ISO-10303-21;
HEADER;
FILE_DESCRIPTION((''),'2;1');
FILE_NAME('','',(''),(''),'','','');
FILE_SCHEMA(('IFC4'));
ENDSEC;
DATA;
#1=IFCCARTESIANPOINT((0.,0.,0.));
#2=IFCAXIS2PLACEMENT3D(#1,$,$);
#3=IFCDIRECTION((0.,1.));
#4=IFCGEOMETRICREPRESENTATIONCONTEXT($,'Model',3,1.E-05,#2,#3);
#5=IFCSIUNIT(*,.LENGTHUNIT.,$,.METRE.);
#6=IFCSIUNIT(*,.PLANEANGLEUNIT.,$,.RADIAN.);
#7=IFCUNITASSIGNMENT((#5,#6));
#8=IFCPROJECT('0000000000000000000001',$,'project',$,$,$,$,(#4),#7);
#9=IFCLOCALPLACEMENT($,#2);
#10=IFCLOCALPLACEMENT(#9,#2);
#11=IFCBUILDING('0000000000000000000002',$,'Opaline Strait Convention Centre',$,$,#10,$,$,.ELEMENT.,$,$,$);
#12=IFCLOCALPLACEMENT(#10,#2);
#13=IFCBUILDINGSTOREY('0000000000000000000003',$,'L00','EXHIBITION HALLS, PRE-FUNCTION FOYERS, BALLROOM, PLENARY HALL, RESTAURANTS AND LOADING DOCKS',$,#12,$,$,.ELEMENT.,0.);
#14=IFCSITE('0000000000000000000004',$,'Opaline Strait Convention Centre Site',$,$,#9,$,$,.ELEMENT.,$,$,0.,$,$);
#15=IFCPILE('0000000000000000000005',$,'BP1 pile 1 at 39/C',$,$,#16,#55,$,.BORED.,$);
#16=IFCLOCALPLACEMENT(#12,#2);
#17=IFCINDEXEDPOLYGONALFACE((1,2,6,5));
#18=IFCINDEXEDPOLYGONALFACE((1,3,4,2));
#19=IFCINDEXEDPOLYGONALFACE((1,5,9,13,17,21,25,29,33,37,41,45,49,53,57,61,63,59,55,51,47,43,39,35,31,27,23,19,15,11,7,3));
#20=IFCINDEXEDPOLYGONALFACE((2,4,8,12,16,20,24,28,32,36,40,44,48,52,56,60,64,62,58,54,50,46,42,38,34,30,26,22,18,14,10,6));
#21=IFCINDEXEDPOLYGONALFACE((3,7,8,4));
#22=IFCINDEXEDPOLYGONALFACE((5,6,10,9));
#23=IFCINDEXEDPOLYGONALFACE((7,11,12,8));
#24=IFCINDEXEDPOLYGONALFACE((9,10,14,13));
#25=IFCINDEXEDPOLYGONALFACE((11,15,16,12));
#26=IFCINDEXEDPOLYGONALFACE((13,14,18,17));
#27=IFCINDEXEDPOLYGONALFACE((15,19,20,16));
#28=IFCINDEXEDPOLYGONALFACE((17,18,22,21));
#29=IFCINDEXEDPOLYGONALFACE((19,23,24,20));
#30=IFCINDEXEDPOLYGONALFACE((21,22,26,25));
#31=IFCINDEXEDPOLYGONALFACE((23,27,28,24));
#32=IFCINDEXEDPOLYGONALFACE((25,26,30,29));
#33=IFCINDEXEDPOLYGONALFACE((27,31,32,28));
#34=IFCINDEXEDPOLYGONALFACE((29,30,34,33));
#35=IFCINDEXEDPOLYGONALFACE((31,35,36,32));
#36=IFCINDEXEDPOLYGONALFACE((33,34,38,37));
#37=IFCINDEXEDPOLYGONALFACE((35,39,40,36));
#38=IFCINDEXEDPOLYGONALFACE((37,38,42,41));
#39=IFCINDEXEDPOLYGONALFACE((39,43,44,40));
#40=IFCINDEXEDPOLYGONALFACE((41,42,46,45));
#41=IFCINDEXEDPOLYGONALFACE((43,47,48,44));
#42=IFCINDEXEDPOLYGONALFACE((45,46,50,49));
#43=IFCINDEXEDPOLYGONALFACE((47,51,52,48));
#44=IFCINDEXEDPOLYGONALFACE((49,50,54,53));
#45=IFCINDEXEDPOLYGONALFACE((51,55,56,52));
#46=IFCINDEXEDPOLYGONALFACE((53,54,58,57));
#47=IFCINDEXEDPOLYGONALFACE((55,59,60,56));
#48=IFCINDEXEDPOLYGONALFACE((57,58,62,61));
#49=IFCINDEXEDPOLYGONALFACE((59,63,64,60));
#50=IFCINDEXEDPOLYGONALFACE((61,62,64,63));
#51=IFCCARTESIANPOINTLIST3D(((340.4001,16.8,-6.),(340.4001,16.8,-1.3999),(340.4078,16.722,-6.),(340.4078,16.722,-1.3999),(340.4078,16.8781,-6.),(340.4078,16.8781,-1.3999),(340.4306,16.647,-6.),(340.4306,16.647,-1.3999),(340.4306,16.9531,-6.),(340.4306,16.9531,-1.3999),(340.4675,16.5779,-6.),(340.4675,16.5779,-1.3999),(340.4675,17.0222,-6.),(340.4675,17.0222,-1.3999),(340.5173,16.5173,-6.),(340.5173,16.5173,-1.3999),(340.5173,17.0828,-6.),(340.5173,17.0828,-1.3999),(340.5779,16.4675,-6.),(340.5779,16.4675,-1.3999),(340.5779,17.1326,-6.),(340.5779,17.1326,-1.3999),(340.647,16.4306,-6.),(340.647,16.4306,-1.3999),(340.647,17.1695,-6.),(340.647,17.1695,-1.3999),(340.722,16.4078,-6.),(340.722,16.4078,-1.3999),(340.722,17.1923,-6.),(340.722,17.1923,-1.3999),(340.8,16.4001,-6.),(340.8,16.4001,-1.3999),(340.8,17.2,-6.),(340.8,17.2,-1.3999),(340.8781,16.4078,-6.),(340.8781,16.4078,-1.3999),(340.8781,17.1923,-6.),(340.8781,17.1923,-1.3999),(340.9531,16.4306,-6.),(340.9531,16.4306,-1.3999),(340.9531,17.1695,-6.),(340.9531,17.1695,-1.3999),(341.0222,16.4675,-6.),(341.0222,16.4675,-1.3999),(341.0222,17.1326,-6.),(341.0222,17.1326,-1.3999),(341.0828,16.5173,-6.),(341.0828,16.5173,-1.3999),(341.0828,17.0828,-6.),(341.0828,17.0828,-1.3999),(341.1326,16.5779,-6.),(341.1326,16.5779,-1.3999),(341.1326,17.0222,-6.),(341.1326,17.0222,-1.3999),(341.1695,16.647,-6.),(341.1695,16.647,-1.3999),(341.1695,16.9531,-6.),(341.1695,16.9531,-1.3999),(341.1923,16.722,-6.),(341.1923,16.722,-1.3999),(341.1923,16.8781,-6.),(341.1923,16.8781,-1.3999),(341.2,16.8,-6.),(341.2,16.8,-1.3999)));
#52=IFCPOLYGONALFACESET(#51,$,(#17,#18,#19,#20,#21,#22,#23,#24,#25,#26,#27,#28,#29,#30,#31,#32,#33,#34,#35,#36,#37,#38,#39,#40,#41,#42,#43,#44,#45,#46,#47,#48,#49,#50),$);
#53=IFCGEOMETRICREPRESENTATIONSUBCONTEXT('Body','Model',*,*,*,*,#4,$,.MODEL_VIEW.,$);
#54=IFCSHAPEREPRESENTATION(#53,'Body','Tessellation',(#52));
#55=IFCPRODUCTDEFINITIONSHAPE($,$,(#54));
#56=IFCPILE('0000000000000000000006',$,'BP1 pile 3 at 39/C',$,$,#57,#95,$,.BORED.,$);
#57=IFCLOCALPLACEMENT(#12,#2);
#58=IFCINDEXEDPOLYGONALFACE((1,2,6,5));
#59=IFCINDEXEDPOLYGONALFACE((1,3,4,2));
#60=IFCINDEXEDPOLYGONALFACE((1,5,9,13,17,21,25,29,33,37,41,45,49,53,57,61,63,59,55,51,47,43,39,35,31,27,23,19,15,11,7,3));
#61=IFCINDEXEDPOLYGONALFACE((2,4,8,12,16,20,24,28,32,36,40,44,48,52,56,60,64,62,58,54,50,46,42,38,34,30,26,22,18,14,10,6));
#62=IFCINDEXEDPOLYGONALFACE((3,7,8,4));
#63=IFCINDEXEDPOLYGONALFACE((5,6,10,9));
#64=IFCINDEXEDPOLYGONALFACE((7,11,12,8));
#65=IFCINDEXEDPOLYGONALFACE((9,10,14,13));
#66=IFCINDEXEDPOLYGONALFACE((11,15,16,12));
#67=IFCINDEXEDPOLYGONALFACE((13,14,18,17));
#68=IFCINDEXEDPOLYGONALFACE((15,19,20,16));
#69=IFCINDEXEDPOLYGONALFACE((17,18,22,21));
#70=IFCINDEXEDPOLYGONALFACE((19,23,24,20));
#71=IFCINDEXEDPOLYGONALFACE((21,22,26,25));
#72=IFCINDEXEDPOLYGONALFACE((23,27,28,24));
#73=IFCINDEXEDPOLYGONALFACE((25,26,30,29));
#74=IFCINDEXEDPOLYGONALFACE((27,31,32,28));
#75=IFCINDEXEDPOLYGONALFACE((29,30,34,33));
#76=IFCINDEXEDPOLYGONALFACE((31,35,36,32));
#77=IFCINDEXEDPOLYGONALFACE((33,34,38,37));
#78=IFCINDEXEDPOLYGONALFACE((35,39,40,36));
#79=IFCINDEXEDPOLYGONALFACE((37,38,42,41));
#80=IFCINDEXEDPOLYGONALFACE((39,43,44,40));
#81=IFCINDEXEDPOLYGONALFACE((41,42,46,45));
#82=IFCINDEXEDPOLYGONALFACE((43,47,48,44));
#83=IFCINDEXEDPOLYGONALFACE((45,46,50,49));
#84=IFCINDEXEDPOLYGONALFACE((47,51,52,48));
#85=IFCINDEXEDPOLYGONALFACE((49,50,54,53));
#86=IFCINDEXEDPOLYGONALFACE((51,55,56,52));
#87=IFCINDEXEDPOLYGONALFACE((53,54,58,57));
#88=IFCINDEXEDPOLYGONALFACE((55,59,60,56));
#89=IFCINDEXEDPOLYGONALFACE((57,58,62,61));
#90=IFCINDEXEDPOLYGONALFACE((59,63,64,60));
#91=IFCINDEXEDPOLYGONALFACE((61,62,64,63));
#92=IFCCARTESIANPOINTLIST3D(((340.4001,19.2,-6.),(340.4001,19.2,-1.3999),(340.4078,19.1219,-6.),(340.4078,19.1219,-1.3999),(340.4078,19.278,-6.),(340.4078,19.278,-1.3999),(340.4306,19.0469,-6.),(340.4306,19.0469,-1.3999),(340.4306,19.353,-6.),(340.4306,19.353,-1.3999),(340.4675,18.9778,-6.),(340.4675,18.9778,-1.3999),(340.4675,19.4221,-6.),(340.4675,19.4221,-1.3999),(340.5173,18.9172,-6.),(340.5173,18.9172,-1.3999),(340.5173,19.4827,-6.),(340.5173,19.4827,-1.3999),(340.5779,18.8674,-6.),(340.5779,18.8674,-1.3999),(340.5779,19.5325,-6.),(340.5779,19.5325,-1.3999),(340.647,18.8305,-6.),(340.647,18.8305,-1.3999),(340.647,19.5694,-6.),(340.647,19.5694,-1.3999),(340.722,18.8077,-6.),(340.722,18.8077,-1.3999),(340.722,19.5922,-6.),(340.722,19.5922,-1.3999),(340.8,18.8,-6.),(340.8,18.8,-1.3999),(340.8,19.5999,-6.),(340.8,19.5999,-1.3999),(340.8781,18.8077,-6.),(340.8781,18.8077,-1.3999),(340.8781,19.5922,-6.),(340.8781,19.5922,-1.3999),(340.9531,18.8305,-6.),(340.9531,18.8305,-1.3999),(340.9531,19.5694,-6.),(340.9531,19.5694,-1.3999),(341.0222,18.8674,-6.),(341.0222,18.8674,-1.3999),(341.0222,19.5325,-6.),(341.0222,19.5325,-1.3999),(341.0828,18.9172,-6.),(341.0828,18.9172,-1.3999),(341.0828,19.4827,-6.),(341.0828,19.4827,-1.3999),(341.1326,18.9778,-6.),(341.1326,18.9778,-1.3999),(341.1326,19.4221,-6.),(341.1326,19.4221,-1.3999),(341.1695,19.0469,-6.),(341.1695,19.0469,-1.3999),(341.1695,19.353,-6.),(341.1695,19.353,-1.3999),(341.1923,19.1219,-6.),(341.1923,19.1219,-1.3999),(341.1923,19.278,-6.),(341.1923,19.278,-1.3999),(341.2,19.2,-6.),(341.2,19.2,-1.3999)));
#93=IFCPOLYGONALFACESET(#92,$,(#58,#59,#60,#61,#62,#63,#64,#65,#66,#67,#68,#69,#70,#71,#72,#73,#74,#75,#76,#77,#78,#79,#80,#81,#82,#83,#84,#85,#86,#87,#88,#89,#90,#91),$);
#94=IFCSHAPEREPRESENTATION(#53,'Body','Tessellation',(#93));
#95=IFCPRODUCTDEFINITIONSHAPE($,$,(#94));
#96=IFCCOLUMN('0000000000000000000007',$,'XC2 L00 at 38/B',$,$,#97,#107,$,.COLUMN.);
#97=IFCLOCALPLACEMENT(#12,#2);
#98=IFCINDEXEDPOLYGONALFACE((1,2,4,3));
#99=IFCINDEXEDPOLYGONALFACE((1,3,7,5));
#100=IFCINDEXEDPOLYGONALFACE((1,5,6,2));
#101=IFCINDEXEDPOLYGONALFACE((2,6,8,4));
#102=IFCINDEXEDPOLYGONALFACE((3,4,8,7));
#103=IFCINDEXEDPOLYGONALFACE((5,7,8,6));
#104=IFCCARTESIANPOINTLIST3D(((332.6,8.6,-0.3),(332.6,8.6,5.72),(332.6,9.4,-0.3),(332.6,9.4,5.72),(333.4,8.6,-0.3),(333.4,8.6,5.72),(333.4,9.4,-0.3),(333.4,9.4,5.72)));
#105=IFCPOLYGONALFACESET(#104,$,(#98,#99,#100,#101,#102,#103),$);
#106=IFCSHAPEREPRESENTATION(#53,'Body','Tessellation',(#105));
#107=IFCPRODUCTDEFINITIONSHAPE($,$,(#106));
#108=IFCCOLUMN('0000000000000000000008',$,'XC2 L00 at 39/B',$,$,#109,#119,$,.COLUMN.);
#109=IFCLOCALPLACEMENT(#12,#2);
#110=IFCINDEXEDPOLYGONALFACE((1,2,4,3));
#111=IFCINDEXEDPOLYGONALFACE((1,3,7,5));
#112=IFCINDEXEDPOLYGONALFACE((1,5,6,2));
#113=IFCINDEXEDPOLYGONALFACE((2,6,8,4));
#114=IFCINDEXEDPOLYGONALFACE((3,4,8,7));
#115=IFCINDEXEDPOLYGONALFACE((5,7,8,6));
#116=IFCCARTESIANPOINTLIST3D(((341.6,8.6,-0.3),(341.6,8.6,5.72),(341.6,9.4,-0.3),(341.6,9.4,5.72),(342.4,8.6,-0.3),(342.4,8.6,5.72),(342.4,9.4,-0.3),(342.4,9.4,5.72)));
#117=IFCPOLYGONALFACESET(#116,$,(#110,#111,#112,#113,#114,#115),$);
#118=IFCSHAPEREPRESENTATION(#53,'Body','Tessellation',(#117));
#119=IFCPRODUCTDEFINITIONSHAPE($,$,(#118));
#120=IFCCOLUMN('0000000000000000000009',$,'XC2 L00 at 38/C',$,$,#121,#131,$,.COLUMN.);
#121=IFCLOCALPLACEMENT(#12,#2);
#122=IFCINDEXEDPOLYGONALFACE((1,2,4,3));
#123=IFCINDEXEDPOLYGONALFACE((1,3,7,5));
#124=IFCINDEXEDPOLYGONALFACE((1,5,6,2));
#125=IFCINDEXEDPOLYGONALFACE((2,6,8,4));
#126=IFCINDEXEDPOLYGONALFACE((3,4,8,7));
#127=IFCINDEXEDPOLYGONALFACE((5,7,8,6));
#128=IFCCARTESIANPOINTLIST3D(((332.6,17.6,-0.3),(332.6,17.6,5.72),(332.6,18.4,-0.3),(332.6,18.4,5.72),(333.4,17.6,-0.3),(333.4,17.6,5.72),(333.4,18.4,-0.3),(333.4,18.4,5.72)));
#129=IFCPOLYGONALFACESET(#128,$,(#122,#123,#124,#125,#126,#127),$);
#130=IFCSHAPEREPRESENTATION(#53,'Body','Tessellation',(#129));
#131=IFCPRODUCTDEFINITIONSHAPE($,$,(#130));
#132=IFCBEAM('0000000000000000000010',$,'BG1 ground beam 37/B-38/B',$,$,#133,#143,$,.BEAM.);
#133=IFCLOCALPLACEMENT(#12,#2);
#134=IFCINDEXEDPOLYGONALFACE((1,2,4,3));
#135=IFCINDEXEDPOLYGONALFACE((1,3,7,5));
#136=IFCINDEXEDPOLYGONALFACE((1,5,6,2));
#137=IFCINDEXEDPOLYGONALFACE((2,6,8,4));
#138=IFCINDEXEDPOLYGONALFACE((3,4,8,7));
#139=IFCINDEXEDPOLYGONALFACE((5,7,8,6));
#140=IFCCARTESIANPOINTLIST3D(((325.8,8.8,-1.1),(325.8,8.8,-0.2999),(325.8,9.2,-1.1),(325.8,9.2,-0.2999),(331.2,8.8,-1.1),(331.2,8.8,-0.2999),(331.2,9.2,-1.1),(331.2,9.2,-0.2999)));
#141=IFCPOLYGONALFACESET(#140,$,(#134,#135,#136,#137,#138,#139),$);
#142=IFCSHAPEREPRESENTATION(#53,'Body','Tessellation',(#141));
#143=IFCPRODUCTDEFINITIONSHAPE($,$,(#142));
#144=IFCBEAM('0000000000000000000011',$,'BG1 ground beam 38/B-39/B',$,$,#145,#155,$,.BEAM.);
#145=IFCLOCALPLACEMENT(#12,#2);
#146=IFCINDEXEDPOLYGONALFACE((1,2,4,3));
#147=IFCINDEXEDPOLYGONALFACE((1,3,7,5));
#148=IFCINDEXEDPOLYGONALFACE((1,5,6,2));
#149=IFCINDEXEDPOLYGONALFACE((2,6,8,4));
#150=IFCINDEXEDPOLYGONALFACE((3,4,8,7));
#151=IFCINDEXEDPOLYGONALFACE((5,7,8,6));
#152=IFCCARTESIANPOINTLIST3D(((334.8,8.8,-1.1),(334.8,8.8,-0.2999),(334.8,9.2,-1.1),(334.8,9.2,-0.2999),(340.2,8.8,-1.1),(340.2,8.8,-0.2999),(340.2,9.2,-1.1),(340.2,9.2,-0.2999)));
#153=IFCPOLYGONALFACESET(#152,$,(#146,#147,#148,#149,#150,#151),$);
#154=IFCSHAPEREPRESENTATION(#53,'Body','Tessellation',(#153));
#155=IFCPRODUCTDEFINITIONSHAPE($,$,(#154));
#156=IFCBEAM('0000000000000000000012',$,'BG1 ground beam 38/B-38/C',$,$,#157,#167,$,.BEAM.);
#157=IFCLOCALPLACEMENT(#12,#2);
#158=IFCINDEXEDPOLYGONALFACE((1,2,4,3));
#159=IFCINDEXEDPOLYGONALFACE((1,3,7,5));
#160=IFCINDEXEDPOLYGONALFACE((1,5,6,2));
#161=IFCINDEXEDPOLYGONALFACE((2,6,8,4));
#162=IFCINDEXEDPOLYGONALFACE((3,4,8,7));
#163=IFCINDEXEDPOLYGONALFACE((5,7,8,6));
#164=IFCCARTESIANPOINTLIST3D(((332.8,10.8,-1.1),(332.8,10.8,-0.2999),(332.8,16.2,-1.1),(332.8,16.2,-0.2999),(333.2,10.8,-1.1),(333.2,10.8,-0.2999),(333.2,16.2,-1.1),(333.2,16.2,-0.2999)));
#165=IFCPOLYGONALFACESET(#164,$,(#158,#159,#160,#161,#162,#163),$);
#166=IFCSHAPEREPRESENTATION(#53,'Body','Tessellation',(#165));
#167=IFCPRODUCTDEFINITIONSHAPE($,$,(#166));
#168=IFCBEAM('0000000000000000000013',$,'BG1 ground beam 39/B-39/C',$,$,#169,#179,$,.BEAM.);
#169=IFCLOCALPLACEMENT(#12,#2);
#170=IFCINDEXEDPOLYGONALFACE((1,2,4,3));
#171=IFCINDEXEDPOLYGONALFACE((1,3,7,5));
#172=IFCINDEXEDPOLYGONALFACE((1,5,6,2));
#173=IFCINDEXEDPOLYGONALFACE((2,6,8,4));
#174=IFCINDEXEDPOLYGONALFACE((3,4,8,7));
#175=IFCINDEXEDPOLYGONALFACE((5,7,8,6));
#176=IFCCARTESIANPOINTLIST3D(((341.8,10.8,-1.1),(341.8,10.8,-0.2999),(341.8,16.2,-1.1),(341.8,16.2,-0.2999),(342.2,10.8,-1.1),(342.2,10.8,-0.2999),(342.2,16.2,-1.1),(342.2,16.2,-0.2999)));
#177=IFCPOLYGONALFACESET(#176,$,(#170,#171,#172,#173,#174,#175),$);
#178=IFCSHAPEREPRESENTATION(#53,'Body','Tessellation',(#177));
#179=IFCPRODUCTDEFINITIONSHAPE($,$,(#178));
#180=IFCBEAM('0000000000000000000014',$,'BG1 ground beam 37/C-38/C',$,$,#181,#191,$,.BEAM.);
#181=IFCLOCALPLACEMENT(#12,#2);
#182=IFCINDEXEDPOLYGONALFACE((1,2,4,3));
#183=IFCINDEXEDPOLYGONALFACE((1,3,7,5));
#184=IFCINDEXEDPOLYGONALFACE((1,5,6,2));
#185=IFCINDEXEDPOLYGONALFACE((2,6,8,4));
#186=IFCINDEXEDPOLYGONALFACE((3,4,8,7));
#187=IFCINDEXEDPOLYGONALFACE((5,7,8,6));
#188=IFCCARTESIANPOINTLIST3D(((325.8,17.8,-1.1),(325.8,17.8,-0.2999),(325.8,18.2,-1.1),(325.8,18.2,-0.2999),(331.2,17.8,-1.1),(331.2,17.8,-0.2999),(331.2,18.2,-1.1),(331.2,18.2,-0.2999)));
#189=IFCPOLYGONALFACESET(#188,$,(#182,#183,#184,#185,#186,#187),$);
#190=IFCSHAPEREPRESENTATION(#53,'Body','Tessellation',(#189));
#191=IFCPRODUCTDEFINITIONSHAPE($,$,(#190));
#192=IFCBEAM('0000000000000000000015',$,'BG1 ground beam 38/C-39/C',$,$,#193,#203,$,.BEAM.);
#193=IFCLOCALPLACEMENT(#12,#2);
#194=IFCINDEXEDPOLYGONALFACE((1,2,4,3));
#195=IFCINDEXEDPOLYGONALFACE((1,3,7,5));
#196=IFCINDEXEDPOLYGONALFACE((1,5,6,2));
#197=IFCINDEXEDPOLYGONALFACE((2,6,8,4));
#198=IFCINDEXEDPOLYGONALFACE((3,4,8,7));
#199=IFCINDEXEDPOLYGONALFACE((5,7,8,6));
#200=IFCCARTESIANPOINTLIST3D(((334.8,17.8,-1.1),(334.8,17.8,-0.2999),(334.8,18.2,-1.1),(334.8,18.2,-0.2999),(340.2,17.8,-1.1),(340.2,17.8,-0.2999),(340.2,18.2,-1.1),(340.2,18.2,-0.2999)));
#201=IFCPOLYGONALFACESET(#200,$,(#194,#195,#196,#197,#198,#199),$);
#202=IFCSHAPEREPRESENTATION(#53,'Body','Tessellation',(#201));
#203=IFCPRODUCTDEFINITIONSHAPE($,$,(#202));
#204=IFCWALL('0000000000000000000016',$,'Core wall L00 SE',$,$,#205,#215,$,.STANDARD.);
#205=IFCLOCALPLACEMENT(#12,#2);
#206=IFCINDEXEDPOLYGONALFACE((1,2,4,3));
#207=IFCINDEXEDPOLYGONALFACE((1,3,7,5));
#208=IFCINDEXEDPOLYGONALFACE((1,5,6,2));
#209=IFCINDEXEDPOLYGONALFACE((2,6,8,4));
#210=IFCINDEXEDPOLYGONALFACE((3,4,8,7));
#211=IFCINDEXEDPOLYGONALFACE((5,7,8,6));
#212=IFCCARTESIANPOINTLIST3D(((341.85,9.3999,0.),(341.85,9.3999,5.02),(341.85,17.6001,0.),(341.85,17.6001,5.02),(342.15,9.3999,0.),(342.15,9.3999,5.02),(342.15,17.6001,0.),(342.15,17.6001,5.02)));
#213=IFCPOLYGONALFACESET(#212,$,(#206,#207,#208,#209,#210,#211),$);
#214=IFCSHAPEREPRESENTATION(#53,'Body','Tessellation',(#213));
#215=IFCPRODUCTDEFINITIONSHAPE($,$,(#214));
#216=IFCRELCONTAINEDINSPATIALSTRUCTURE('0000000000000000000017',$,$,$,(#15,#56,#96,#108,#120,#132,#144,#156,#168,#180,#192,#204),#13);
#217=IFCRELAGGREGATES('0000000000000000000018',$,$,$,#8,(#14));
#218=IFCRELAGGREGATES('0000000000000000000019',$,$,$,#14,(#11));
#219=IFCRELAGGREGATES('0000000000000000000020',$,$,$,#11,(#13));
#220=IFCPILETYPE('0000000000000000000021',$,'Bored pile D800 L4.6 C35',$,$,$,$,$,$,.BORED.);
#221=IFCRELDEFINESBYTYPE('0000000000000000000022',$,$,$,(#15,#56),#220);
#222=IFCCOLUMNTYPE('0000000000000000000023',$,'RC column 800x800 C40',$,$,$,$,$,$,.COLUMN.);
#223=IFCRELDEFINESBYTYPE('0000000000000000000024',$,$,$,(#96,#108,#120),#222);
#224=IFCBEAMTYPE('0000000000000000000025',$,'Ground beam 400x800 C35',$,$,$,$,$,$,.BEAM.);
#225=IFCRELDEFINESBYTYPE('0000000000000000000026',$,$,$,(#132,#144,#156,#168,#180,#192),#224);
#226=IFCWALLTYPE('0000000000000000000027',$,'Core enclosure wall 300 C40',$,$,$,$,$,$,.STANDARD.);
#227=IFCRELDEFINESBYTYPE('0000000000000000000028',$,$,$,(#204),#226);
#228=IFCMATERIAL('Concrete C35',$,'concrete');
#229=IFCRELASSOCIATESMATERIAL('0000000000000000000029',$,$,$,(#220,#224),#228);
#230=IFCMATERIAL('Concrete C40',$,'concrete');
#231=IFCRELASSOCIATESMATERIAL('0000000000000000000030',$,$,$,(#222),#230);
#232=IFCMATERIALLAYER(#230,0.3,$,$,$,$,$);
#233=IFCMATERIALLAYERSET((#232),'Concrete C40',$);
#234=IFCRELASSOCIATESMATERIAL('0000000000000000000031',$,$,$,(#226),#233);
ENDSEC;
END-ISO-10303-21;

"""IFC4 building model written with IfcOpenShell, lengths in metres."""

from ifc_helpers import new_model, si_unit, direction, frame, frame_2d, origin, origin_2d, place, context, subcontext, project, spatial, rectangle, circle, extrude, material, layer, layer_set, material_profile, profile_set, type_object, element, save


model = new_model("IFC4")

# Units and contexts
model_context = context("Model", 3, precision=1e-05, world=origin(), true_north=direction((0.0, 1.0)))
body_context = subcontext(model_context, "Body", "Model", "MODEL_VIEW")
ifc_project = project(units=[si_unit("LENGTHUNIT", "METRE"), si_unit("PLANEANGLEUNIT", "RADIAN")], contexts=[model_context])

# Site, building, storey
site_placement = place(None, origin())
site = spatial("IfcSite", under=ifc_project, at=site_placement, Name="Opaline Strait Convention Centre Site", CompositionType="ELEMENT", RefElevation=0.0)
building_placement = place(site_placement, origin())
building = spatial("IfcBuilding", under=site, at=building_placement, Name="Opaline Strait Convention Centre", CompositionType="ELEMENT")
storey_placement = place(building_placement, origin())
storey = spatial("IfcBuildingStorey", under=building, at=storey_placement, Name="L00", Description="EXHIBITION HALLS, PRE-FUNCTION FOYERS, BALLROOM, PLENARY HALL, RESTAURANTS AND LOADING DOCKS", CompositionType="ELEMENT", Elevation=0.0)

# Piles
ifc_material_1 = material(Name="Concrete C35", Category="concrete")
ifc_material_profile_1 = material_profile(ifc_material_1, circle(Radius=0.3999, at=origin_2d()), Name="D800")
ifc_profile_set_1 = profile_set([ifc_material_profile_1], Name="Concrete C35")
pile_type = type_object("IfcPileType", Name="Bored pile D800 L4.6 C35", PredefinedType="BORED", material=ifc_profile_set_1)
for number, where, z_axis, x_axis, name in (
    (1, (340.8, 16.8, -1.3999), (0.0, 0.0, -1.0), (1.0, 0.0, 0.0), "BP1 pile 1 at 39/C"),
    (2, (340.8, 19.2, -1.3999), (0.0, 0.0, -1.0), (1.0, 0.0, 0.0), "BP1 pile 3 at 39/C"),
):
    element("IfcPile", number, at=place(storey_placement, frame(where, z_axis=z_axis, x_axis=x_axis)), inside=storey, type_object=pile_type, Name=name, PredefinedType="BORED", context=body_context, shape_type="SweptSolid", body=[
        extrude(circle(Radius=0.3999, at=origin_2d()), origin(), (0.0, 0.0, 1.0), 4.6001),
    ])

# Columns
ifc_material_2 = material(Name="Concrete C40", Category="concrete")
ifc_material_profile_2 = material_profile(ifc_material_2, rectangle(XDim=0.8, YDim=0.8, at=origin_2d()), Name="RC 800x800")
ifc_profile_set_2 = profile_set([ifc_material_profile_2], Name="Concrete C40")
column_type = type_object("IfcColumnType", Name="RC column 800x800 C40", PredefinedType="COLUMN", material=ifc_profile_set_2)
for number, where, z_axis, x_axis, name in (
    (3, (333.0, 9.0, -0.3), (0.0, 0.0, 1.0), (1.0, 0.0, 0.0), "XC2 L00 at 38/B"),
    (4, (342.0, 9.0, -0.3), (0.0, 0.0, 1.0), (1.0, 0.0, 0.0), "XC2 L00 at 39/B"),
    (5, (333.0, 18.0, -0.3), (0.0, 0.0, 1.0), (1.0, 0.0, 0.0), "XC2 L00 at 38/C"),
):
    element("IfcColumn", number, at=place(storey_placement, frame(where, z_axis=z_axis, x_axis=x_axis)), inside=storey, type_object=column_type, Name=name, PredefinedType="COLUMN", context=body_context, shape_type="SweptSolid", body=[
        extrude(rectangle(XDim=0.8, YDim=0.8, at=origin_2d()), origin(), (0.0, 0.0, 1.0), 6.02),
    ])

# Beams
ifc_material_profile_3 = material_profile(ifc_material_1, rectangle(XDim=0.3999, YDim=0.8, at=origin_2d()), Name="RC 400x800")
ifc_profile_set_3 = profile_set([ifc_material_profile_3], Name="Concrete C35")
beam_type = type_object("IfcBeamType", Name="Ground beam 400x800 C35", PredefinedType="BEAM", material=ifc_profile_set_3)
for number, where, z_axis, x_axis, name in (
    (6, (325.8, 9.0, -0.7), (1.0, 0.0, 0.0), (0.0, 1.0, 0.0), "BG1 ground beam 37/B-38/B"),
    (7, (334.8, 9.0, -0.7), (1.0, 0.0, 0.0), (0.0, 1.0, 0.0), "BG1 ground beam 38/B-39/B"),
    (8, (333.0, 10.8, -0.7), (0.0, 1.0, 0.0), (-1.0, 0.0, 0.0), "BG1 ground beam 38/B-38/C"),
    (9, (342.0, 10.8, -0.7), (0.0, 1.0, 0.0), (-1.0, 0.0, 0.0), "BG1 ground beam 39/B-39/C"),
    (10, (325.8, 18.0, -0.7), (1.0, 0.0, 0.0), (0.0, 1.0, 0.0), "BG1 ground beam 37/C-38/C"),
    (11, (334.8, 18.0, -0.7), (1.0, 0.0, 0.0), (0.0, 1.0, 0.0), "BG1 ground beam 38/C-39/C"),
):
    element("IfcBeam", number, at=place(storey_placement, frame(where, z_axis=z_axis, x_axis=x_axis)), inside=storey, type_object=beam_type, Name=name, PredefinedType="BEAM", context=body_context, shape_type="SweptSolid", body=[
        extrude(rectangle(XDim=0.3999, YDim=0.8, at=origin_2d()), origin(), (0.0, 0.0, 1.0), 5.3999),
    ])

# Wall
ifc_layer_1 = layer(ifc_material_2, 0.3)
ifc_layer_set_1 = layer_set([ifc_layer_1], Name="Concrete C40")
wall_type_1 = type_object("IfcWallType", Name="Core enclosure wall 300 C40", PredefinedType="STANDARD", material=ifc_layer_set_1)
wall_1_placement = place(storey_placement, frame((342.0, 9.3999, 0.0), z_axis=(0.0, 0.0, 1.0), x_axis=(0.0, 1.0, 0.0)))
element("IfcWall", 12, at=wall_1_placement, inside=storey, type_object=wall_type_1, Name="Core wall L00 SE", PredefinedType="STANDARD", context=body_context, shape_type="SweptSolid", body=[
    extrude(rectangle(XDim=8.2002, YDim=0.3, at=frame_2d((4.1001, 0.0))), origin(), (0.0, 0.0, 1.0), 5.02),
])

save(model, "model.ifc")
